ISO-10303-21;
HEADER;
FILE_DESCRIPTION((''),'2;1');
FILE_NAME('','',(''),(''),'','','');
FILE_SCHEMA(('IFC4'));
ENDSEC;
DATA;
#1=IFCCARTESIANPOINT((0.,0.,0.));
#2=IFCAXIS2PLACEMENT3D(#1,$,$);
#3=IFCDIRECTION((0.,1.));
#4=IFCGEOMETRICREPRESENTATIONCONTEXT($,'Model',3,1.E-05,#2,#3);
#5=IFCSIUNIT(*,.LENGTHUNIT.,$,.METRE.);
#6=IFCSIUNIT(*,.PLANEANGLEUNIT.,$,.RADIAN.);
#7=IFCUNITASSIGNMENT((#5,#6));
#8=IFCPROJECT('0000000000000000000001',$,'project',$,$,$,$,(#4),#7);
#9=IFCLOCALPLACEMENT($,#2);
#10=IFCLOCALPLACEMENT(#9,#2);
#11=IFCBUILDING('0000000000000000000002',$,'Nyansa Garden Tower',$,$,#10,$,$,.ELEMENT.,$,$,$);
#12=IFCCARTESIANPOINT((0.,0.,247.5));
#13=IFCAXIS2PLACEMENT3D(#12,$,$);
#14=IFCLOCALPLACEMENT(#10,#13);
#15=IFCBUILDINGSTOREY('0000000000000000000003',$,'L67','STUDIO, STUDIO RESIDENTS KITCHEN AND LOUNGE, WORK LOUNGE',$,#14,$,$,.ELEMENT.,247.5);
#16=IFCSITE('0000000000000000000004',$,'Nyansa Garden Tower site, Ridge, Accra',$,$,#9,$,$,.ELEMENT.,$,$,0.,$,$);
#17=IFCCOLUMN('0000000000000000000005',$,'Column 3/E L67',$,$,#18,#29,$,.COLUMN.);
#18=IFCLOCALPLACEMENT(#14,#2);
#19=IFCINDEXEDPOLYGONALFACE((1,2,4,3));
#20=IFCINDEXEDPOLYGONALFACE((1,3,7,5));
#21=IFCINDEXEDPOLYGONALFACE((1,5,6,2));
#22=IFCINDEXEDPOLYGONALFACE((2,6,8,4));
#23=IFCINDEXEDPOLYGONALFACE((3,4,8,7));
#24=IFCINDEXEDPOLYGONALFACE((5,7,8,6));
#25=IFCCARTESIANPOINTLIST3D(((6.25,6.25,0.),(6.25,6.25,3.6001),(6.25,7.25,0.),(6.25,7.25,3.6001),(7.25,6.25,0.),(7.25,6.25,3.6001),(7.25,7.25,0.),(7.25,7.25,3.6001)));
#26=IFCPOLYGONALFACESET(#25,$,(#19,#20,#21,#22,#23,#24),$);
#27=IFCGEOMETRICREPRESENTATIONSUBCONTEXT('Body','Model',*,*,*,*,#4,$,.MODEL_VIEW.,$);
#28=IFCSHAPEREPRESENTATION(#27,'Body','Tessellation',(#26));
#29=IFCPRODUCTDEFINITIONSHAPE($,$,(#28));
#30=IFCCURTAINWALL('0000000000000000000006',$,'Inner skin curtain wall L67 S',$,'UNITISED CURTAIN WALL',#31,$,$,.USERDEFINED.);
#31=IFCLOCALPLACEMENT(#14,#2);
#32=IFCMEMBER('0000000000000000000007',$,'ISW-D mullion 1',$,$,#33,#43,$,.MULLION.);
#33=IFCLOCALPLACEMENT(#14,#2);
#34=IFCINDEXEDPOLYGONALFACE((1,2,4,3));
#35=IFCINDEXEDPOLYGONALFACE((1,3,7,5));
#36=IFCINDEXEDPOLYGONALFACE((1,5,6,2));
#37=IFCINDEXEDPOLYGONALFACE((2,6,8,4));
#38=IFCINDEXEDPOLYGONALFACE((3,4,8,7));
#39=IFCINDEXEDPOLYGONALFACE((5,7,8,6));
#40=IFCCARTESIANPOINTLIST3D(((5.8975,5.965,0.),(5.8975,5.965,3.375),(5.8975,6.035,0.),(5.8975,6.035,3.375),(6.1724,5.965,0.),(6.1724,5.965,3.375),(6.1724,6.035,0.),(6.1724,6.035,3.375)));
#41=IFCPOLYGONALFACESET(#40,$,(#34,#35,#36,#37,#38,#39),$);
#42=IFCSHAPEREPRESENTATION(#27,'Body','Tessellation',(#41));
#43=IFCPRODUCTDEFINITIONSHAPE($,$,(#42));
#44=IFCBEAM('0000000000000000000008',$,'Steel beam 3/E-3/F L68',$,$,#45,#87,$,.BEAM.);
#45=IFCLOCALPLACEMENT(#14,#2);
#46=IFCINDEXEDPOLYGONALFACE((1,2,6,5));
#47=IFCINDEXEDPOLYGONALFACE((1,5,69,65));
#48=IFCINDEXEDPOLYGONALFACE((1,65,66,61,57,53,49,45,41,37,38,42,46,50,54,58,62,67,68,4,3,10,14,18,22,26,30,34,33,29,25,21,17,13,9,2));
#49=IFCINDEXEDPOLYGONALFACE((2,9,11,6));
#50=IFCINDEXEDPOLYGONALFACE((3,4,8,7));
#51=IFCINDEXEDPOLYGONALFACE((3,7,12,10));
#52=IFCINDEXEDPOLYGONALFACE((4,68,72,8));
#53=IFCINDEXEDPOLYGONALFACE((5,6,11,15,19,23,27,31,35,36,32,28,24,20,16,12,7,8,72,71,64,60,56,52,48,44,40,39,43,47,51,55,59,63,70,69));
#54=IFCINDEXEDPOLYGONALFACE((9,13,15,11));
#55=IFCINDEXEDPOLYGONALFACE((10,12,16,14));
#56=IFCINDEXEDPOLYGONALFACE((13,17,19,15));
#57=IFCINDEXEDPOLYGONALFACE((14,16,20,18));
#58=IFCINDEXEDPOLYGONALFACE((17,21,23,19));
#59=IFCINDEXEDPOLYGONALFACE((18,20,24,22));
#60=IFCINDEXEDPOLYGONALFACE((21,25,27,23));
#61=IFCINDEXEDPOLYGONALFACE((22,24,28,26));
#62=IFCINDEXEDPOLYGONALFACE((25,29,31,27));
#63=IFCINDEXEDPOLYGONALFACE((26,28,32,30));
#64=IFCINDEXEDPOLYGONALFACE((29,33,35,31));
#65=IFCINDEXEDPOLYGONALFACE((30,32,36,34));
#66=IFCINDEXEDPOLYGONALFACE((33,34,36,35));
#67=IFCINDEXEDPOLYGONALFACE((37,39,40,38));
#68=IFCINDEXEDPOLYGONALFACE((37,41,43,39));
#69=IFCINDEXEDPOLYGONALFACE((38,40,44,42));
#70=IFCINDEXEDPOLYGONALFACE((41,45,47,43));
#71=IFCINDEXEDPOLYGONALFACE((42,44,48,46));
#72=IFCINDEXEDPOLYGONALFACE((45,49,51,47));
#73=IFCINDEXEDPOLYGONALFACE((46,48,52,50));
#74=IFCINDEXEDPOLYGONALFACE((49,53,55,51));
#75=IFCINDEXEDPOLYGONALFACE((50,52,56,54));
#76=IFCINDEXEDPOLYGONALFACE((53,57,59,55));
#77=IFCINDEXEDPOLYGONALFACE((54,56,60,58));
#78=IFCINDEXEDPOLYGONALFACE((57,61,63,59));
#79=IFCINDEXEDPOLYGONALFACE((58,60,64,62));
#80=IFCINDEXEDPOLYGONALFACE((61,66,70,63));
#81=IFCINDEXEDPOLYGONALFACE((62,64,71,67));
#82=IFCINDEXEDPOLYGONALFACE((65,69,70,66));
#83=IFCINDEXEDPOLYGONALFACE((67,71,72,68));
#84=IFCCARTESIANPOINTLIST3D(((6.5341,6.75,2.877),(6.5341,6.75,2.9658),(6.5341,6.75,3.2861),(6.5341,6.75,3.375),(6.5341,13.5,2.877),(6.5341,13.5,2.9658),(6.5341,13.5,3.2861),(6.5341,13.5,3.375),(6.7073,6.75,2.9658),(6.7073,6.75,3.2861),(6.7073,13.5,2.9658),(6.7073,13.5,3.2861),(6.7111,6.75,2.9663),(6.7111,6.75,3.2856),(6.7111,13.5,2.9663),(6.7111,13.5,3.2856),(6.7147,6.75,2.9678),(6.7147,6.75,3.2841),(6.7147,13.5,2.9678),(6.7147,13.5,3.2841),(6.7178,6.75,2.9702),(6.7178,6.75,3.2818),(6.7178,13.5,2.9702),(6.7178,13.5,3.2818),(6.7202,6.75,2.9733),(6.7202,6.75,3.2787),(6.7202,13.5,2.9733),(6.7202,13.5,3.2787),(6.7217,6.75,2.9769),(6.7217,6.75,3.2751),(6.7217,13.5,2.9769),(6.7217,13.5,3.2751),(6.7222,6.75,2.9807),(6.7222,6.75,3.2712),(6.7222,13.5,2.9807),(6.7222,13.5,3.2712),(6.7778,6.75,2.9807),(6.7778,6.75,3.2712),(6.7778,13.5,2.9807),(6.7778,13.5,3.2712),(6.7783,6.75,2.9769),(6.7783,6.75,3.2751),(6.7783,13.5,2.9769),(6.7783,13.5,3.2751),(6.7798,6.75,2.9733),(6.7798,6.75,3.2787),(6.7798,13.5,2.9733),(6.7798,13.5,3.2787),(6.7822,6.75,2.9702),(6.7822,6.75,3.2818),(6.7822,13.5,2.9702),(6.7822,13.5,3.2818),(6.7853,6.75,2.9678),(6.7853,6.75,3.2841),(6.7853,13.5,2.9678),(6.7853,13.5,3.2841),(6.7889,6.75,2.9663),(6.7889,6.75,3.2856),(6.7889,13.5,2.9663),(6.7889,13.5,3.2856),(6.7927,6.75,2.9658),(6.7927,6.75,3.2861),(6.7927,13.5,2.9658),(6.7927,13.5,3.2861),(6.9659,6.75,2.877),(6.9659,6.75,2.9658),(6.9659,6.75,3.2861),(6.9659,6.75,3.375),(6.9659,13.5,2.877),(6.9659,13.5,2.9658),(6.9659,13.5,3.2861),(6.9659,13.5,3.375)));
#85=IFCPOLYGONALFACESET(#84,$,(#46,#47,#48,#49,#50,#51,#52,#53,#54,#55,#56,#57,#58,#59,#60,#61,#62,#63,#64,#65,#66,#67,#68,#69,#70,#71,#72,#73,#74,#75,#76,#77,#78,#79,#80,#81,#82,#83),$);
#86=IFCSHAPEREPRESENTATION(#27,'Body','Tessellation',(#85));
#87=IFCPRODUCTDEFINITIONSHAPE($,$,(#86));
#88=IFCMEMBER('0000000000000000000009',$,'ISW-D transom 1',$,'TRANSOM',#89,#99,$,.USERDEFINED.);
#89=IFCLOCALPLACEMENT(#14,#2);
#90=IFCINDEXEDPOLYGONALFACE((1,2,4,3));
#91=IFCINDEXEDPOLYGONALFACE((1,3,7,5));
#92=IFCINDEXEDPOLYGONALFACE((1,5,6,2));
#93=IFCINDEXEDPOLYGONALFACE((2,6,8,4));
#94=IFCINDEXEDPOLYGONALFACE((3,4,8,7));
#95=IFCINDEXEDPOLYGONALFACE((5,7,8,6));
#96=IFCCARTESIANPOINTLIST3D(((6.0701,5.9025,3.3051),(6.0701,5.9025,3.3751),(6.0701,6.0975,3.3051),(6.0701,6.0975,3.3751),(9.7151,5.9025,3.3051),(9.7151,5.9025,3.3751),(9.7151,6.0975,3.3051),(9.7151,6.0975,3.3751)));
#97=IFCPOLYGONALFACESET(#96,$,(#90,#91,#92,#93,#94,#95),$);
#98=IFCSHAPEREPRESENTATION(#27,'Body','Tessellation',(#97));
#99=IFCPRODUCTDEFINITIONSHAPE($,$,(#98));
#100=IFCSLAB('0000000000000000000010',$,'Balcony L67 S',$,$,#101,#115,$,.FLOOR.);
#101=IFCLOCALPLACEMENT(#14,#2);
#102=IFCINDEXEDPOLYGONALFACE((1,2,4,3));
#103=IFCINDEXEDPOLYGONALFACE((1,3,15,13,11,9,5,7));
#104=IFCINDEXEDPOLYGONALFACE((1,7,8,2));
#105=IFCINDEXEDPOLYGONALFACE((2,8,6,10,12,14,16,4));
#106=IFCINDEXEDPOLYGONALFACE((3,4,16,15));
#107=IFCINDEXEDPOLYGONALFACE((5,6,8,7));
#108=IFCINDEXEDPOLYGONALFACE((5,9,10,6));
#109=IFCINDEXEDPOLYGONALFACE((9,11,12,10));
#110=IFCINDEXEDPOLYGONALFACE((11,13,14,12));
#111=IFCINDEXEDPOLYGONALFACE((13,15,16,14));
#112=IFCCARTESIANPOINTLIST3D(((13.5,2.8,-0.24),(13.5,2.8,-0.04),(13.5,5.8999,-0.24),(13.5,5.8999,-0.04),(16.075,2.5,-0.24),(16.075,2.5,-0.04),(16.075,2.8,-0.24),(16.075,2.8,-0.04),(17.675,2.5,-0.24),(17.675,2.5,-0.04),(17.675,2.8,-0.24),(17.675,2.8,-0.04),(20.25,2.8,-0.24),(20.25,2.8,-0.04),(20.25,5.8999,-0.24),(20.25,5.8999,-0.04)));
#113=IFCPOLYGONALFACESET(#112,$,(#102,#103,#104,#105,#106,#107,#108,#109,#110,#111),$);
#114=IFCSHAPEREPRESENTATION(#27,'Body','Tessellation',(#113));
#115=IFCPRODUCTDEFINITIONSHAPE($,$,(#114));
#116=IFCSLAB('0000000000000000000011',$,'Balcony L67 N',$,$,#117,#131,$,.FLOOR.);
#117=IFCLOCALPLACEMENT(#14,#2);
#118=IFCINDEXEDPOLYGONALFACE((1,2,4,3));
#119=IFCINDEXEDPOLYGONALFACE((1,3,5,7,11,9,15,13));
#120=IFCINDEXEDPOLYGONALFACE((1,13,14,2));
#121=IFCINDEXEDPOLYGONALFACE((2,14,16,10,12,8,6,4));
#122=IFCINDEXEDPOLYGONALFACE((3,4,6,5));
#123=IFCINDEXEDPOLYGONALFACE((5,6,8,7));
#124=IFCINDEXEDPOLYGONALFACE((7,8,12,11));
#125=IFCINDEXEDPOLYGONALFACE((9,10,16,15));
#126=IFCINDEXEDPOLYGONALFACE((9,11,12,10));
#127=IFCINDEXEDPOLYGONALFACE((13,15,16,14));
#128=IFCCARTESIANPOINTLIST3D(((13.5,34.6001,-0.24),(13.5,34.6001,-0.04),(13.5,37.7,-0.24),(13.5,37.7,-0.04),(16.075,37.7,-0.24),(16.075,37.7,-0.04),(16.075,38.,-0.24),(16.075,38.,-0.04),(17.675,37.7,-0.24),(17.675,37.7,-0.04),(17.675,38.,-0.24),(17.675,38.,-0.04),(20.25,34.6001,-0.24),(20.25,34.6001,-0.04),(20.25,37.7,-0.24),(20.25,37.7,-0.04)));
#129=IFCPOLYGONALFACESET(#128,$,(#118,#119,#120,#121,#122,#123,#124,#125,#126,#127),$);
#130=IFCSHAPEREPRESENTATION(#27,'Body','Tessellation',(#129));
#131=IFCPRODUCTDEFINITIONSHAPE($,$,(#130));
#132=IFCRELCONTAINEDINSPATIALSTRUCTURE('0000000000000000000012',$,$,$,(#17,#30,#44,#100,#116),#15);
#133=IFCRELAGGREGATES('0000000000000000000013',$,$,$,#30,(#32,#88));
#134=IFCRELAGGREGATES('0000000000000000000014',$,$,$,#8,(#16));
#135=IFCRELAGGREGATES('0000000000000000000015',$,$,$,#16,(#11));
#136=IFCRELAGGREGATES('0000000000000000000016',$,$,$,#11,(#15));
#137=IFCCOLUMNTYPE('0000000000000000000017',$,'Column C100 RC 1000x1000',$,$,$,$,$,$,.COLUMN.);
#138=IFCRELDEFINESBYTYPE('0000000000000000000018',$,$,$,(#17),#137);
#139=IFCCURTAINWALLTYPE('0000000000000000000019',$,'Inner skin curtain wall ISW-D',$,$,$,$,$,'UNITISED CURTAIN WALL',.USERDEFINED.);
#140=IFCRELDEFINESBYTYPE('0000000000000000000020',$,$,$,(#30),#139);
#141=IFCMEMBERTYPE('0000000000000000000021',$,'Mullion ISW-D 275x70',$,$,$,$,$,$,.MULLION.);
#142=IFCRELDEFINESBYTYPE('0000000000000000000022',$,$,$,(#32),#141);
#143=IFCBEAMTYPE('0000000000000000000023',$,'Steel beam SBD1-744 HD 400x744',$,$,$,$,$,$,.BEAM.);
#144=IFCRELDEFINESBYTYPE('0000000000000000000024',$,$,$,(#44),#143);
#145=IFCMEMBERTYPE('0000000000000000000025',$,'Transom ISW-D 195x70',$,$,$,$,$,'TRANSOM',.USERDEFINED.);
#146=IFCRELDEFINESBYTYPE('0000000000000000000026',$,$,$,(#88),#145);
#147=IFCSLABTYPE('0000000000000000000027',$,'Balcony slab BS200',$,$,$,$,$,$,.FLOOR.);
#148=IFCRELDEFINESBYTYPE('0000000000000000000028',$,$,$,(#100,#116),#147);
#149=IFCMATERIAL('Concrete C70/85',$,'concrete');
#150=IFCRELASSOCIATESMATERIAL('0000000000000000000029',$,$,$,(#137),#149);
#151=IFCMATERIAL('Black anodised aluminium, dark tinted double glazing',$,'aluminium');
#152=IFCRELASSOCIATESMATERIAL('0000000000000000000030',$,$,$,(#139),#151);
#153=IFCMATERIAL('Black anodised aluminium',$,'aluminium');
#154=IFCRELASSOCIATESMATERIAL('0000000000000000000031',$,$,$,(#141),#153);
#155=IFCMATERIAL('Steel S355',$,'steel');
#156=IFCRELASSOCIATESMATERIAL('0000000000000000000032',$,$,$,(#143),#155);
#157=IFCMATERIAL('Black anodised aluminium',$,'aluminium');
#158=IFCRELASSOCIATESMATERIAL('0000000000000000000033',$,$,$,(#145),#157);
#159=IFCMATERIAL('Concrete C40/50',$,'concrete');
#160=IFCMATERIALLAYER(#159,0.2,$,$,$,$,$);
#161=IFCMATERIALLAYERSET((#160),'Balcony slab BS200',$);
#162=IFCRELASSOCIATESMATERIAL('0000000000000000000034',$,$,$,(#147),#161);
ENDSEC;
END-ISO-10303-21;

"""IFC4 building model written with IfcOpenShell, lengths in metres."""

from ifc_helpers import new_model, si_unit, direction, frame, origin, origin_2d, place, context, subcontext, project, spatial, polyline, rectangle, i_section, outline, extrude, material, layer, layer_set, material_profile, profile_set, type_object, element, aggregate, save


model = new_model("IFC4")

# Units and contexts
model_context = context("Model", 3, precision=1e-05, world=origin(), true_north=direction((0.0, 1.0)))
body_context = subcontext(model_context, "Body", "Model", "MODEL_VIEW")
ifc_project = project(units=[si_unit("LENGTHUNIT", "METRE"), si_unit("PLANEANGLEUNIT", "RADIAN")], contexts=[model_context])

# Site, building, storey
site_placement = place(None, origin())
site = spatial("IfcSite", under=ifc_project, at=site_placement, Name="Nyansa Garden Tower site, Ridge, Accra", CompositionType="ELEMENT", RefElevation=0.0)
building_placement = place(site_placement, origin())
building = spatial("IfcBuilding", under=site, at=building_placement, Name="Nyansa Garden Tower", CompositionType="ELEMENT")
storey_placement = place(building_placement, frame((0.0, 0.0, 247.5)))
storey = spatial("IfcBuildingStorey", under=building, at=storey_placement, Name="L67", Description="STUDIO, STUDIO RESIDENTS KITCHEN AND LOUNGE, WORK LOUNGE", CompositionType="ELEMENT", Elevation=247.5)

# Column
ifc_material_1 = material(Name="Concrete C70/85", Category="concrete")
ifc_material_profile_1 = material_profile(ifc_material_1, rectangle(XDim=1.0, YDim=1.0, at=origin_2d()), Name="RC 1000x1000")
ifc_profile_set_1 = profile_set([ifc_material_profile_1], Name="Concrete C70/85")
column_type = type_object("IfcColumnType", Name="Column C100 RC 1000x1000", PredefinedType="COLUMN", material=ifc_profile_set_1)
column_placement = place(storey_placement, frame((6.75, 6.75, 0.0), z_axis=(0.0, 0.0, 1.0), x_axis=(1.0, 0.0, 0.0)))
element("IfcColumn", 1, at=column_placement, inside=storey, type_object=column_type, Name="Column 3/E L67", PredefinedType="COLUMN", context=body_context, shape_type="SweptSolid", body=[
    extrude(rectangle(XDim=1.0, YDim=1.0, at=origin_2d()), origin(), (0.0, 0.0, 1.0), 3.6001),
])

# Curtain wall, member
ifc_material_2 = material(Name="Black anodised aluminium, dark tinted double glazing", Category="aluminium")
curtain_wall_type = type_object("IfcCurtainWallType", Name="Inner skin curtain wall ISW-D", ElementType="UNITISED CURTAIN WALL", PredefinedType="USERDEFINED", material=ifc_material_2)
curtain_wall_placement = place(storey_placement, origin())
curtain_wall = element("IfcCurtainWall", 2, at=curtain_wall_placement, inside=storey, type_object=curtain_wall_type, Name="Inner skin curtain wall L67 S", ObjectType="UNITISED CURTAIN WALL", PredefinedType="USERDEFINED")
ifc_material_3 = material(Name="Black anodised aluminium", Category="aluminium")
ifc_material_profile_2 = material_profile(ifc_material_3, rectangle(XDim=0.0701, YDim=0.2749, at=origin_2d()), Name="Mullion 275x70")
ifc_profile_set_2 = profile_set([ifc_material_profile_2], Name="Black anodised aluminium")
member_type_1 = type_object("IfcMemberType", Name="Mullion ISW-D 275x70", PredefinedType="MULLION", material=ifc_profile_set_2)
member_1_placement = place(storey_placement, frame((6.0349, 6.0, 0.0), z_axis=(0.0, 0.0, 1.0), x_axis=(0.0, 1.0, 0.0)))
member_1 = element("IfcMember", 3, at=member_1_placement, type_object=member_type_1, Name="ISW-D mullion 1", PredefinedType="MULLION", context=body_context, shape_type="SweptSolid", body=[
    extrude(rectangle(XDim=0.0701, YDim=0.2749, at=origin_2d()), origin(), (0.0, 0.0, 1.0), 3.375),
])

# Beam
ifc_material_4 = material(Name="Steel S355", Category="steel")
ifc_material_profile_3 = material_profile(ifc_material_4, i_section(OverallWidth=0.4319, OverallDepth=0.498, WebThickness=0.0557, FlangeThickness=0.0889, FilletRadius=0.0149, at=origin_2d()), Name="HD 400x744")
ifc_profile_set_3 = profile_set([ifc_material_profile_3], Name="Steel S355")
beam_type = type_object("IfcBeamType", Name="Steel beam SBD1-744 HD 400x744", PredefinedType="BEAM", material=ifc_profile_set_3)
beam_placement = place(storey_placement, frame((6.75, 6.75, 3.126), z_axis=(0.0, 1.0, 0.0), x_axis=(-1.0, 0.0, 0.0)))
element("IfcBeam", 4, at=beam_placement, inside=storey, type_object=beam_type, Name="Steel beam 3/E-3/F L68", PredefinedType="BEAM", context=body_context, shape_type="SweptSolid", body=[
    extrude(i_section(OverallWidth=0.4319, OverallDepth=0.498, WebThickness=0.0557, FlangeThickness=0.0889, FilletRadius=0.0149, at=origin_2d()), origin(), (0.0, 0.0, 1.0), 6.75),
])

# Member
ifc_material_5 = material(Name="Black anodised aluminium", Category="aluminium")
ifc_material_profile_4 = material_profile(ifc_material_5, rectangle(XDim=0.1951, YDim=0.0701, at=origin_2d()), Name="Transom 195x70")
ifc_profile_set_4 = profile_set([ifc_material_profile_4], Name="Black anodised aluminium")
member_type_2 = type_object("IfcMemberType", Name="Transom ISW-D 195x70", ElementType="TRANSOM", PredefinedType="USERDEFINED", material=ifc_profile_set_4)
member_2_placement = place(storey_placement, frame((6.0701, 6.0, 3.3401), z_axis=(1.0, 0.0, 0.0), x_axis=(0.0, 1.0, 0.0)))
member_2 = element("IfcMember", 5, at=member_2_placement, type_object=member_type_2, Name="ISW-D transom 1", ObjectType="TRANSOM", PredefinedType="USERDEFINED", context=body_context, shape_type="SweptSolid", body=[
    extrude(rectangle(XDim=0.1951, YDim=0.0701, at=origin_2d()), origin(), (0.0, 0.0, 1.0), 3.645),
])
aggregate(curtain_wall, [member_1, member_2])

# Slabs
ifc_material_6 = material(Name="Concrete C40/50", Category="concrete")
ifc_layer_1 = layer(ifc_material_6, 0.2)
ifc_layer_set_1 = layer_set([ifc_layer_1], Name="Balcony slab BS200")
slab_type_1 = type_object("IfcSlabType", Name="Balcony slab BS200", PredefinedType="FLOOR", material=ifc_layer_set_1)
slab_1_placement = place(storey_placement, frame((0.0, 0.0, -0.24)))
element("IfcSlab", 6, at=slab_1_placement, inside=storey, type_object=slab_type_1, Name="Balcony L67 S", PredefinedType="FLOOR", context=body_context, shape_type="SweptSolid", body=[
    extrude(outline(polyline([(13.5, 5.8999), (20.25, 5.8999), (20.25, 2.8), (17.675, 2.8), (17.675, 2.5), (16.075, 2.5), (16.075, 2.8), (13.5, 2.8), (13.5, 5.8999)])), origin(), (0.0, 0.0, 1.0), 0.2),
])
slab_2_placement = place(storey_placement, frame((0.0, 0.0, -0.24)))
element("IfcSlab", 7, at=slab_2_placement, inside=storey, type_object=slab_type_1, Name="Balcony L67 N", PredefinedType="FLOOR", context=body_context, shape_type="SweptSolid", body=[
    extrude(outline(polyline([(13.5, 34.6001), (20.25, 34.6001), (20.25, 37.7), (17.675, 37.7), (17.675, 38.0), (16.075, 38.0), (16.075, 37.7), (13.5, 37.7), (13.5, 34.6001)])), origin(), (0.0, 0.0, 1.0), 0.2),
])

save(model, "model.ifc")
